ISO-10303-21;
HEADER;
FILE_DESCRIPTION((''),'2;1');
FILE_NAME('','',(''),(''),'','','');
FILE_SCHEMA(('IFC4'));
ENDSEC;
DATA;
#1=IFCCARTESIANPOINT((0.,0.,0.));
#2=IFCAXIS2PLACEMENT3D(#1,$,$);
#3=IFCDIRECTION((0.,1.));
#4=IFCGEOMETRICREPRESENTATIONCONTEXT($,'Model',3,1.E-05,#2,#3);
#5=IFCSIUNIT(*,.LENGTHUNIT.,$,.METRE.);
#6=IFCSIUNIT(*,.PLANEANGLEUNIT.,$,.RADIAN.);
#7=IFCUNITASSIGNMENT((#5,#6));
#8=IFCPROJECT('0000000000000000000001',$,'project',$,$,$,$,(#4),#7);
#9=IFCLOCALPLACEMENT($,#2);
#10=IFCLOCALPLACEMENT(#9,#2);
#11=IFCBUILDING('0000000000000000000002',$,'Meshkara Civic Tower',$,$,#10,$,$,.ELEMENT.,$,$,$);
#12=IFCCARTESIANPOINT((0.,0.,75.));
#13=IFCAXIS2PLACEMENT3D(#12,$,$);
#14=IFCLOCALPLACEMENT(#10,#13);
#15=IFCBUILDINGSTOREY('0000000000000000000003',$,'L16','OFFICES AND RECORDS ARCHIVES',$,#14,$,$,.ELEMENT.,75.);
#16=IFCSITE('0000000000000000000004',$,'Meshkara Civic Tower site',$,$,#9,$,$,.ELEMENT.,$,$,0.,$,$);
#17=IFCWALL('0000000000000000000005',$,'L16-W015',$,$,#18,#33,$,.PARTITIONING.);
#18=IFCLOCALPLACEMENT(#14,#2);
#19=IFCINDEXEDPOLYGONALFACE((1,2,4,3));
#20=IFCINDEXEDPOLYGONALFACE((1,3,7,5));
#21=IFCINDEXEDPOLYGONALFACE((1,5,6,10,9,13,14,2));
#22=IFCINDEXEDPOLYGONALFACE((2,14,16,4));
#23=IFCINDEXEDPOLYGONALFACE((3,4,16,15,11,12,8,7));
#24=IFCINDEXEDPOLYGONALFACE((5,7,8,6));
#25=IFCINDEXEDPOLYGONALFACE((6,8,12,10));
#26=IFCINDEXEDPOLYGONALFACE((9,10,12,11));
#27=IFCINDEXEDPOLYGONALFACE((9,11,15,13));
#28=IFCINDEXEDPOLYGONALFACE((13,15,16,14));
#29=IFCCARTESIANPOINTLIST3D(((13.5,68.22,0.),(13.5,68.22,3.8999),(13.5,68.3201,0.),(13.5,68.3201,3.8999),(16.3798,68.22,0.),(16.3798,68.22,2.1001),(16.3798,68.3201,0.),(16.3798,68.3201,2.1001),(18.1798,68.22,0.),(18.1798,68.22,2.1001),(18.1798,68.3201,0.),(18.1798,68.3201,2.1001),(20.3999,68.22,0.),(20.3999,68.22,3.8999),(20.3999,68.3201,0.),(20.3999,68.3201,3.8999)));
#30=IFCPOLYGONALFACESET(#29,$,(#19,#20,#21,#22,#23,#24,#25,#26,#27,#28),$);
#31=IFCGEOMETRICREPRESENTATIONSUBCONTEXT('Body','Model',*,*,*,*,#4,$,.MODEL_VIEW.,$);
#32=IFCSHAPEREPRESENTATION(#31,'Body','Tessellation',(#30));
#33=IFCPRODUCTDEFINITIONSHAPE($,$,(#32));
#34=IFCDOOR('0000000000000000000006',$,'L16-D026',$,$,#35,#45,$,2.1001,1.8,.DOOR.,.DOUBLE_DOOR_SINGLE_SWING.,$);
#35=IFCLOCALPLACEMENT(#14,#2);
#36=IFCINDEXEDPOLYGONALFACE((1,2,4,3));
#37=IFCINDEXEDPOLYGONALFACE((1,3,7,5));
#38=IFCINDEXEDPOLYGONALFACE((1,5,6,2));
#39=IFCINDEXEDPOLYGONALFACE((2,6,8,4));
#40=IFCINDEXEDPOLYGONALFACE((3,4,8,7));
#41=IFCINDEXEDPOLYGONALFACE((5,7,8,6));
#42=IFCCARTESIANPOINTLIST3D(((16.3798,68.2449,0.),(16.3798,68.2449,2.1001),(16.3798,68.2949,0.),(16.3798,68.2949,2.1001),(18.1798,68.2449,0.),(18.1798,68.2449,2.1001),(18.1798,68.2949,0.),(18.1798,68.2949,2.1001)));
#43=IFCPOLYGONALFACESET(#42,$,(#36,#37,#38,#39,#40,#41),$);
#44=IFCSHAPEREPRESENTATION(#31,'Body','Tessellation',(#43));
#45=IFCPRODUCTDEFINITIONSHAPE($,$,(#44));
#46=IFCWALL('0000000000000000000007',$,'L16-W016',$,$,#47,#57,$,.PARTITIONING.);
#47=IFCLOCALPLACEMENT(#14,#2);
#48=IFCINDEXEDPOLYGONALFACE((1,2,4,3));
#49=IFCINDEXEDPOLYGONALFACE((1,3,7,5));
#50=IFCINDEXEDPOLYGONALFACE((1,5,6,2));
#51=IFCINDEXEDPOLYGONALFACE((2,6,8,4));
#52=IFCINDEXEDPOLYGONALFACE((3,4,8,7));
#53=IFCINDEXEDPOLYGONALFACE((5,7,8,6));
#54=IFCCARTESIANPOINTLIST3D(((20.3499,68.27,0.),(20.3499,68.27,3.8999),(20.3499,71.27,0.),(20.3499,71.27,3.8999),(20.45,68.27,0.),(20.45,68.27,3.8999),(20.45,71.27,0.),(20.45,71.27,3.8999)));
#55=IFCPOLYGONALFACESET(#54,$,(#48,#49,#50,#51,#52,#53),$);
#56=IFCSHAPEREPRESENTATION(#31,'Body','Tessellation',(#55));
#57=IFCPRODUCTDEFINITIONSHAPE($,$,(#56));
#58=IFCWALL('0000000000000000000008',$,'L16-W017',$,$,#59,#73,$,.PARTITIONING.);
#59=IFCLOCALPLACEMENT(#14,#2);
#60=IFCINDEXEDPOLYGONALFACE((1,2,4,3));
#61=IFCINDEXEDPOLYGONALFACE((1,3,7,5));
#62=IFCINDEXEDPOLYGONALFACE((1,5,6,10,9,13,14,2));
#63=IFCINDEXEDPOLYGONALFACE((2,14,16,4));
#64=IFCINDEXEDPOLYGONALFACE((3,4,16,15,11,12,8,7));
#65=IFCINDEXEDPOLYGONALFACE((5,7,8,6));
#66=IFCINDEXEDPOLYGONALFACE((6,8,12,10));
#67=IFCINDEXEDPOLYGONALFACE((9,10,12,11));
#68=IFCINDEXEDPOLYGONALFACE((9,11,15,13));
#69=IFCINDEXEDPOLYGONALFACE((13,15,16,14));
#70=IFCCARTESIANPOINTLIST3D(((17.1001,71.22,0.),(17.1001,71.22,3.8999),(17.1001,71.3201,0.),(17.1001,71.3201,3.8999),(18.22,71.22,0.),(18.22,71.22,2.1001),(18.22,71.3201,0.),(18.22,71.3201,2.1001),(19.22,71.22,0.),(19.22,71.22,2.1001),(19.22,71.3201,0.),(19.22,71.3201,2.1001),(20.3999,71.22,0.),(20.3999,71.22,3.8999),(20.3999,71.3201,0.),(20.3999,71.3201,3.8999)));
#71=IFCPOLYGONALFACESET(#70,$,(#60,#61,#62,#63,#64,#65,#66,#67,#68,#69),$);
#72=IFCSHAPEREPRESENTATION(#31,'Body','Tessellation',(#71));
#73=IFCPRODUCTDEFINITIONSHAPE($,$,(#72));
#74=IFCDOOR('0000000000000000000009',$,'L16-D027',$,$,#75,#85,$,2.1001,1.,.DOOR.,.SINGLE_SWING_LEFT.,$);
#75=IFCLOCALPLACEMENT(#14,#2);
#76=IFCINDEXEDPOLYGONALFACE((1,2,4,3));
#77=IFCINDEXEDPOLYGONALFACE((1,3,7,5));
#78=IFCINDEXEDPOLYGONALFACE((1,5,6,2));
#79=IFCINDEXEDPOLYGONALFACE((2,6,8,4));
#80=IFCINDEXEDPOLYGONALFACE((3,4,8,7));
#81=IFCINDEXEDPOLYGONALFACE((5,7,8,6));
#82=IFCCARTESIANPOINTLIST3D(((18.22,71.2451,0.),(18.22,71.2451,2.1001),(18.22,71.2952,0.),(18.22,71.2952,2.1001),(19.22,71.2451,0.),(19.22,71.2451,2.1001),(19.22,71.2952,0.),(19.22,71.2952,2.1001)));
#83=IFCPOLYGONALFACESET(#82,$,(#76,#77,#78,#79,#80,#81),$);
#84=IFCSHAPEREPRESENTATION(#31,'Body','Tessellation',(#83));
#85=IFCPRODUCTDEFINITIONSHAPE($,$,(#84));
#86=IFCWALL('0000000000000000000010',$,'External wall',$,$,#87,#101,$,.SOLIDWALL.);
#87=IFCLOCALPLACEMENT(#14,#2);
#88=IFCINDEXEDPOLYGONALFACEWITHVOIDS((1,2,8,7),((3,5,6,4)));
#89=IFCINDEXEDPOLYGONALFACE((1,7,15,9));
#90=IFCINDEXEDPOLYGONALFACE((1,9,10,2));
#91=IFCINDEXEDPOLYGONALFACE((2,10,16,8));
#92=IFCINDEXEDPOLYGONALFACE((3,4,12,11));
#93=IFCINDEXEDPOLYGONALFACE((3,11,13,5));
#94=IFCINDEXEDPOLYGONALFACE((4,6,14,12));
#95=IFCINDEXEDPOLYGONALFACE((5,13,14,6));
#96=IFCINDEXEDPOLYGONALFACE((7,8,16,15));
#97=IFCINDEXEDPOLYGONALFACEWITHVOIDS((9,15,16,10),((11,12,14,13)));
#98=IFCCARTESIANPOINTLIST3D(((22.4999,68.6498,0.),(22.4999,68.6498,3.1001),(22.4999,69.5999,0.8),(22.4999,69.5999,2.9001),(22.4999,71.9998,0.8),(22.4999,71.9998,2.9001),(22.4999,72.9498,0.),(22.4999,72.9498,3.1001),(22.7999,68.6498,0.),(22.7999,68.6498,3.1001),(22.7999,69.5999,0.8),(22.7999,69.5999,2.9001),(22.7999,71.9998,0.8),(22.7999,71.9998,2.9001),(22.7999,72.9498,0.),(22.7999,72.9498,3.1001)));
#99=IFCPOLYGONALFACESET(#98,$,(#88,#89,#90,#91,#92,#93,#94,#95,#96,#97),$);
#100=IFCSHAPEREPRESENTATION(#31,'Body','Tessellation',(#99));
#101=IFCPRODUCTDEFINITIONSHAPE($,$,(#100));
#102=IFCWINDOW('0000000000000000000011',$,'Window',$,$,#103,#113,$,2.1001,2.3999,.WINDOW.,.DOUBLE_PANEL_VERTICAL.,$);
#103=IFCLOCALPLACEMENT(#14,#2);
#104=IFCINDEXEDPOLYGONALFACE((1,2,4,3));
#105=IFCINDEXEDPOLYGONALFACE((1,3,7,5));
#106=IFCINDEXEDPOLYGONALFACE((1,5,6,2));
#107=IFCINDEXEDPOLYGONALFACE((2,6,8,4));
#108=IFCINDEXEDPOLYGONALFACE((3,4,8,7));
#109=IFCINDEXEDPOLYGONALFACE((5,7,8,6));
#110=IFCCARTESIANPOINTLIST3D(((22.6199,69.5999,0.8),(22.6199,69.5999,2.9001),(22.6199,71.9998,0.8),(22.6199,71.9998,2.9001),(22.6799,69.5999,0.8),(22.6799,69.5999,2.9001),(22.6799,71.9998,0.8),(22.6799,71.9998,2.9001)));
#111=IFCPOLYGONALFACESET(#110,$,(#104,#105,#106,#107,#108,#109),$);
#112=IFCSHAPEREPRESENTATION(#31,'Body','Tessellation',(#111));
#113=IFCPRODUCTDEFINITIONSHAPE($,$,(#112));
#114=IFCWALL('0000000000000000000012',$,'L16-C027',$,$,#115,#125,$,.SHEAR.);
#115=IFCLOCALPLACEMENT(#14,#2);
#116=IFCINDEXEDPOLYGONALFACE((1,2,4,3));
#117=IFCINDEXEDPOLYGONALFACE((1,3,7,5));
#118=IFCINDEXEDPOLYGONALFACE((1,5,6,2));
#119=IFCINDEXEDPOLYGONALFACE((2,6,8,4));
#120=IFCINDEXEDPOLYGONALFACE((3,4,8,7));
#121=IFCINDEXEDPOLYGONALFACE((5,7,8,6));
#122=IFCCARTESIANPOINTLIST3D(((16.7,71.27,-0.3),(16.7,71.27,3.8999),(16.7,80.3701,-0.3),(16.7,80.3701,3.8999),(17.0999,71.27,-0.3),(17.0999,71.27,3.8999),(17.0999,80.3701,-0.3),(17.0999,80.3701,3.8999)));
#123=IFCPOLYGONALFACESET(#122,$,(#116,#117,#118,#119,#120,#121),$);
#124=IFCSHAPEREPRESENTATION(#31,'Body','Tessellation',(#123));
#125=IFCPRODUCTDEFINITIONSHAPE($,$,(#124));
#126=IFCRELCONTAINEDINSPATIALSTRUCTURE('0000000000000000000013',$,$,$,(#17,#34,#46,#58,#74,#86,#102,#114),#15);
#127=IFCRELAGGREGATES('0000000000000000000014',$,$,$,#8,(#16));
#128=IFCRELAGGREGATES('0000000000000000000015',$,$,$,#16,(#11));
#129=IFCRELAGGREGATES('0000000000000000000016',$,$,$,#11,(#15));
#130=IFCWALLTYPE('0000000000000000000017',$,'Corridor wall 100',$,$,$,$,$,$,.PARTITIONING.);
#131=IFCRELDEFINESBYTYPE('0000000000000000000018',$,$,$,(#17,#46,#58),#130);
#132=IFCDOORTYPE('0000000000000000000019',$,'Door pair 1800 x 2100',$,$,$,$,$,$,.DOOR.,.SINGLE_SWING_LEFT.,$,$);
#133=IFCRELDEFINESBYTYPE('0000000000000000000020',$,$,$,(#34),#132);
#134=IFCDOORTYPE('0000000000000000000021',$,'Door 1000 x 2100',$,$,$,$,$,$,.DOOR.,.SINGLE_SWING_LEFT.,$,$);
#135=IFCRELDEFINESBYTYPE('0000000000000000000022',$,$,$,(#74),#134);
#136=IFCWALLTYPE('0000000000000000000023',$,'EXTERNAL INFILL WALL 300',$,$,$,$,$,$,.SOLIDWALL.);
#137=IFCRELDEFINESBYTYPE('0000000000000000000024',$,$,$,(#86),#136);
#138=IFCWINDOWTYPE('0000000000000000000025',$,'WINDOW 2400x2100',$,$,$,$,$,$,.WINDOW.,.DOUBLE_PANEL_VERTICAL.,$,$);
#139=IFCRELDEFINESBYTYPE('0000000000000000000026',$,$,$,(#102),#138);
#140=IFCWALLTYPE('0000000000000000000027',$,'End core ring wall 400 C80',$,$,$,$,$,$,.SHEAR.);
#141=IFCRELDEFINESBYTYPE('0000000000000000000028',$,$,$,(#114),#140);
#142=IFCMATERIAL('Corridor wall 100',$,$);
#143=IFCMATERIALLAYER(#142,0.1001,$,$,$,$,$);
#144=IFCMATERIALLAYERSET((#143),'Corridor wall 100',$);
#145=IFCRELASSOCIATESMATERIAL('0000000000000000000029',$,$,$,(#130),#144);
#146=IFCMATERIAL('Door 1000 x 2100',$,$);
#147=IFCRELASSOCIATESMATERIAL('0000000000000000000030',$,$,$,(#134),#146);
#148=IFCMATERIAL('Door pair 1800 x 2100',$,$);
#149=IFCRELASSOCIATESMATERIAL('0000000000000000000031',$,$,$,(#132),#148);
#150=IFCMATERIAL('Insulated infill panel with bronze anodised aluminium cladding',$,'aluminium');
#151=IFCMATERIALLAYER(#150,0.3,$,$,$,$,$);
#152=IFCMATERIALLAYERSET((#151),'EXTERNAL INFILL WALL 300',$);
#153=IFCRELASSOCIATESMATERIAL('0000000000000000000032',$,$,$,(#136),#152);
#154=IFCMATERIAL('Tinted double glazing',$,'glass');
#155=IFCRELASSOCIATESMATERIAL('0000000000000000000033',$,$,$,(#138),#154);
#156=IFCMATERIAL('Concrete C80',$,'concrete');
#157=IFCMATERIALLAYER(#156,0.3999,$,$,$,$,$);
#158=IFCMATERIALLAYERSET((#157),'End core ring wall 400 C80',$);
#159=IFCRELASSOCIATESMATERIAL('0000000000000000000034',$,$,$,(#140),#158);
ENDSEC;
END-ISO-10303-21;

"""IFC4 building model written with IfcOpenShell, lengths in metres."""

from ifc_helpers import new_model, si_unit, direction, frame, frame_2d, origin, place, context, subcontext, project, spatial, rectangle, extrude, material, layer, layer_set, type_object, element, fill, save


model = new_model("IFC4")

# Units and contexts
model_context = context("Model", 3, precision=1e-05, world=origin(), true_north=direction((0.0, 1.0)))
body_context = subcontext(model_context, "Body", "Model", "MODEL_VIEW")
ifc_project = project(units=[si_unit("LENGTHUNIT", "METRE"), si_unit("PLANEANGLEUNIT", "RADIAN")], contexts=[model_context])

# Site, building, storey
site_placement = place(None, origin())
site = spatial("IfcSite", under=ifc_project, at=site_placement, Name="Meshkara Civic Tower site", CompositionType="ELEMENT", RefElevation=0.0)
building_placement = place(site_placement, origin())
building = spatial("IfcBuilding", under=site, at=building_placement, Name="Meshkara Civic Tower", CompositionType="ELEMENT")
storey_placement = place(building_placement, frame((0.0, 0.0, 75.0)))
storey = spatial("IfcBuildingStorey", under=building, at=storey_placement, Name="L16", Description="OFFICES AND RECORDS ARCHIVES", CompositionType="ELEMENT", Elevation=75.0)

# Shared definitions
ifc_material_1 = material(Name="Corridor wall 100")
ifc_layer_1 = layer(ifc_material_1, 0.1001)
ifc_layer_set_1 = layer_set([ifc_layer_1], Name="Corridor wall 100")
wall_type_1 = type_object("IfcWallType", Name="Corridor wall 100", PredefinedType="PARTITIONING", material=ifc_layer_set_1)
ifc_material_2 = material(Name="Door 1000 x 2100")
door_type_1 = type_object("IfcDoorType", Name="Door 1000 x 2100", OperationType="SINGLE_SWING_LEFT", PredefinedType="DOOR", material=ifc_material_2)
ifc_material_3 = material(Name="Door pair 1800 x 2100")
door_type_2 = type_object("IfcDoorType", Name="Door pair 1800 x 2100", OperationType="SINGLE_SWING_LEFT", PredefinedType="DOOR", material=ifc_material_3)

# Wall, opening, door
wall_1_placement = place(storey_placement, frame((13.5, 68.27, 0.0), z_axis=(0.0, 0.0, 1.0), x_axis=(1.0, 0.0, 0.0)))
wall_1 = element("IfcWall", 1, at=wall_1_placement, inside=storey, type_object=wall_type_1, Name="L16-W015", PredefinedType="PARTITIONING", context=body_context, shape_type="SweptSolid", body=[
    extrude(rectangle(XDim=6.8999, YDim=0.1001, at=frame_2d((3.45, 0.0))), origin(), (0.0, 0.0, 1.0), 3.8999),
])
opening_1_placement = place(wall_1_placement, frame((2.8799, 0.0, 0.0)))
opening_1 = element("IfcOpeningElement", 2, at=opening_1_placement, cuts=wall_1, PredefinedType="OPENING", context=body_context, shape_type="SweptSolid", body=[
    extrude(rectangle(XDim=1.8, YDim=2.1001, at=frame_2d((0.8999, 1.05))), frame((0.0, 0.0601, 0.0), z_axis=(0.0, -1.0, 0.0), x_axis=(1.0, 0.0, 0.0)), (0.0, 0.0, 1.0), 0.1201),
])
door_1_placement = place(opening_1_placement, origin())
door_1 = element("IfcDoor", 3, at=door_1_placement, inside=storey, type_object=door_type_2, Name="L16-D026", OperationType="DOUBLE_DOOR_SINGLE_SWING", OverallHeight=2.1001, OverallWidth=1.8, PredefinedType="DOOR", context=body_context, shape_type="SweptSolid", body=[
    extrude(rectangle(XDim=1.8, YDim=2.1001, at=frame_2d((0.8999, 1.05))), frame((0.0, 0.0249, 0.0), z_axis=(0.0, -1.0, 0.0), x_axis=(1.0, 0.0, 0.0)), (0.0, 0.0, 1.0), 0.05),
])
fill(opening_1, door_1)

# Wall
wall_2_placement = place(storey_placement, frame((20.3999, 68.27, 0.0), z_axis=(0.0, 0.0, 1.0), x_axis=(0.0, 1.0, 0.0)))
element("IfcWall", 4, at=wall_2_placement, inside=storey, type_object=wall_type_1, Name="L16-W016", PredefinedType="PARTITIONING", context=body_context, shape_type="SweptSolid", body=[
    extrude(rectangle(XDim=3.0, YDim=0.1001, at=frame_2d((1.5, 0.0))), origin(), (0.0, 0.0, 1.0), 3.8999),
])

# Wall, opening, door
wall_3_placement = place(storey_placement, frame((20.3999, 71.27, 0.0), z_axis=(0.0, 0.0, 1.0), x_axis=(-1.0, 0.0, 0.0)))
wall_3 = element("IfcWall", 5, at=wall_3_placement, inside=storey, type_object=wall_type_1, Name="L16-W017", PredefinedType="PARTITIONING", context=body_context, shape_type="SweptSolid", body=[
    extrude(rectangle(XDim=3.2998, YDim=0.1001, at=frame_2d((1.6499, 0.0))), origin(), (0.0, 0.0, 1.0), 3.8999),
])
opening_2_placement = place(wall_3_placement, frame((1.1799, 0.0, 0.0)))
opening_2 = element("IfcOpeningElement", 6, at=opening_2_placement, cuts=wall_3, PredefinedType="OPENING", context=body_context, shape_type="SweptSolid", body=[
    extrude(rectangle(XDim=1.0, YDim=2.1001, at=frame_2d((0.5, 1.05))), frame((0.0, 0.0601, 0.0), z_axis=(0.0, -1.0, 0.0), x_axis=(1.0, 0.0, 0.0)), (0.0, 0.0, 1.0), 0.1201),
])
door_2_placement = place(opening_2_placement, origin())
door_2 = element("IfcDoor", 7, at=door_2_placement, inside=storey, type_object=door_type_1, Name="L16-D027", OperationType="SINGLE_SWING_LEFT", OverallHeight=2.1001, OverallWidth=1.0, PredefinedType="DOOR", context=body_context, shape_type="SweptSolid", body=[
    extrude(rectangle(XDim=1.0, YDim=2.1001, at=frame_2d((0.5, 1.05))), frame((0.0, 0.0249, 0.0), z_axis=(0.0, -1.0, 0.0), x_axis=(1.0, 0.0, 0.0)), (0.0, 0.0, 1.0), 0.05),
])
fill(opening_2, door_2)

# Wall, opening, window
ifc_material_4 = material(Name="Insulated infill panel with bronze anodised aluminium cladding", Category="aluminium")
ifc_layer_2 = layer(ifc_material_4, 0.3)
ifc_layer_set_2 = layer_set([ifc_layer_2], Name="EXTERNAL INFILL WALL 300")
wall_type_2 = type_object("IfcWallType", Name="EXTERNAL INFILL WALL 300", PredefinedType="SOLIDWALL", material=ifc_layer_set_2)
wall_4_placement = place(storey_placement, frame((22.6499, 68.6499, 0.0), z_axis=(0.0, 0.0, 1.0), x_axis=(0.0, 1.0, 0.0)))
wall_4 = element("IfcWall", 8, at=wall_4_placement, inside=storey, type_object=wall_type_2, Name="External wall", PredefinedType="SOLIDWALL", context=body_context, shape_type="SweptSolid", body=[
    extrude(rectangle(XDim=4.3, YDim=0.3, at=frame_2d((2.1499, 0.0))), origin(), (0.0, 0.0, 1.0), 3.1001),
])
opening_3_placement = place(wall_4_placement, frame((0.95, 0.0, 0.8)))
opening_3 = element("IfcOpeningElement", 9, at=opening_3_placement, cuts=wall_4, PredefinedType="OPENING", context=body_context, shape_type="SweptSolid", body=[
    extrude(rectangle(XDim=2.3999, YDim=2.1001, at=frame_2d((1.2, 1.05))), frame((0.0, 0.1599, 0.0), z_axis=(0.0, -1.0, 0.0), x_axis=(1.0, 0.0, 0.0)), (0.0, 0.0, 1.0), 0.3201),
])
ifc_material_5 = material(Name="Tinted double glazing", Category="glass")
window_type = type_object("IfcWindowType", Name="WINDOW 2400x2100", PartitioningType="DOUBLE_PANEL_VERTICAL", PredefinedType="WINDOW", material=ifc_material_5)
window_placement = place(opening_3_placement, origin())
window = element("IfcWindow", 10, at=window_placement, inside=storey, type_object=window_type, Name="Window", OverallHeight=2.1001, OverallWidth=2.3999, PartitioningType="DOUBLE_PANEL_VERTICAL", PredefinedType="WINDOW", context=body_context, shape_type="SweptSolid", body=[
    extrude(rectangle(XDim=2.3999, YDim=2.1001, at=frame_2d((1.2, 1.05))), frame((0.0, 0.03, 0.0), z_axis=(0.0, -1.0, 0.0), x_axis=(1.0, 0.0, 0.0)), (0.0, 0.0, 1.0), 0.0601),
])
fill(opening_3, window)

# Wall
ifc_material_6 = material(Name="Concrete C80", Category="concrete")
ifc_layer_3 = layer(ifc_material_6, 0.3999)
ifc_layer_set_3 = layer_set([ifc_layer_3], Name="End core ring wall 400 C80")
wall_type_3 = type_object("IfcWallType", Name="End core ring wall 400 C80", PredefinedType="SHEAR", material=ifc_layer_set_3)
wall_5_placement = place(storey_placement, frame((16.8999, 71.27, -0.3), z_axis=(0.0, 0.0, 1.0), x_axis=(0.0, 1.0, 0.0)))
element("IfcWall", 11, at=wall_5_placement, inside=storey, type_object=wall_type_3, Name="L16-C027", PredefinedType="SHEAR", context=body_context, shape_type="SweptSolid", body=[
    extrude(rectangle(XDim=9.1001, YDim=0.3999, at=frame_2d((4.55, 0.0))), origin(), (0.0, 0.0, 1.0), 4.2),
])

save(model, "model.ifc")
